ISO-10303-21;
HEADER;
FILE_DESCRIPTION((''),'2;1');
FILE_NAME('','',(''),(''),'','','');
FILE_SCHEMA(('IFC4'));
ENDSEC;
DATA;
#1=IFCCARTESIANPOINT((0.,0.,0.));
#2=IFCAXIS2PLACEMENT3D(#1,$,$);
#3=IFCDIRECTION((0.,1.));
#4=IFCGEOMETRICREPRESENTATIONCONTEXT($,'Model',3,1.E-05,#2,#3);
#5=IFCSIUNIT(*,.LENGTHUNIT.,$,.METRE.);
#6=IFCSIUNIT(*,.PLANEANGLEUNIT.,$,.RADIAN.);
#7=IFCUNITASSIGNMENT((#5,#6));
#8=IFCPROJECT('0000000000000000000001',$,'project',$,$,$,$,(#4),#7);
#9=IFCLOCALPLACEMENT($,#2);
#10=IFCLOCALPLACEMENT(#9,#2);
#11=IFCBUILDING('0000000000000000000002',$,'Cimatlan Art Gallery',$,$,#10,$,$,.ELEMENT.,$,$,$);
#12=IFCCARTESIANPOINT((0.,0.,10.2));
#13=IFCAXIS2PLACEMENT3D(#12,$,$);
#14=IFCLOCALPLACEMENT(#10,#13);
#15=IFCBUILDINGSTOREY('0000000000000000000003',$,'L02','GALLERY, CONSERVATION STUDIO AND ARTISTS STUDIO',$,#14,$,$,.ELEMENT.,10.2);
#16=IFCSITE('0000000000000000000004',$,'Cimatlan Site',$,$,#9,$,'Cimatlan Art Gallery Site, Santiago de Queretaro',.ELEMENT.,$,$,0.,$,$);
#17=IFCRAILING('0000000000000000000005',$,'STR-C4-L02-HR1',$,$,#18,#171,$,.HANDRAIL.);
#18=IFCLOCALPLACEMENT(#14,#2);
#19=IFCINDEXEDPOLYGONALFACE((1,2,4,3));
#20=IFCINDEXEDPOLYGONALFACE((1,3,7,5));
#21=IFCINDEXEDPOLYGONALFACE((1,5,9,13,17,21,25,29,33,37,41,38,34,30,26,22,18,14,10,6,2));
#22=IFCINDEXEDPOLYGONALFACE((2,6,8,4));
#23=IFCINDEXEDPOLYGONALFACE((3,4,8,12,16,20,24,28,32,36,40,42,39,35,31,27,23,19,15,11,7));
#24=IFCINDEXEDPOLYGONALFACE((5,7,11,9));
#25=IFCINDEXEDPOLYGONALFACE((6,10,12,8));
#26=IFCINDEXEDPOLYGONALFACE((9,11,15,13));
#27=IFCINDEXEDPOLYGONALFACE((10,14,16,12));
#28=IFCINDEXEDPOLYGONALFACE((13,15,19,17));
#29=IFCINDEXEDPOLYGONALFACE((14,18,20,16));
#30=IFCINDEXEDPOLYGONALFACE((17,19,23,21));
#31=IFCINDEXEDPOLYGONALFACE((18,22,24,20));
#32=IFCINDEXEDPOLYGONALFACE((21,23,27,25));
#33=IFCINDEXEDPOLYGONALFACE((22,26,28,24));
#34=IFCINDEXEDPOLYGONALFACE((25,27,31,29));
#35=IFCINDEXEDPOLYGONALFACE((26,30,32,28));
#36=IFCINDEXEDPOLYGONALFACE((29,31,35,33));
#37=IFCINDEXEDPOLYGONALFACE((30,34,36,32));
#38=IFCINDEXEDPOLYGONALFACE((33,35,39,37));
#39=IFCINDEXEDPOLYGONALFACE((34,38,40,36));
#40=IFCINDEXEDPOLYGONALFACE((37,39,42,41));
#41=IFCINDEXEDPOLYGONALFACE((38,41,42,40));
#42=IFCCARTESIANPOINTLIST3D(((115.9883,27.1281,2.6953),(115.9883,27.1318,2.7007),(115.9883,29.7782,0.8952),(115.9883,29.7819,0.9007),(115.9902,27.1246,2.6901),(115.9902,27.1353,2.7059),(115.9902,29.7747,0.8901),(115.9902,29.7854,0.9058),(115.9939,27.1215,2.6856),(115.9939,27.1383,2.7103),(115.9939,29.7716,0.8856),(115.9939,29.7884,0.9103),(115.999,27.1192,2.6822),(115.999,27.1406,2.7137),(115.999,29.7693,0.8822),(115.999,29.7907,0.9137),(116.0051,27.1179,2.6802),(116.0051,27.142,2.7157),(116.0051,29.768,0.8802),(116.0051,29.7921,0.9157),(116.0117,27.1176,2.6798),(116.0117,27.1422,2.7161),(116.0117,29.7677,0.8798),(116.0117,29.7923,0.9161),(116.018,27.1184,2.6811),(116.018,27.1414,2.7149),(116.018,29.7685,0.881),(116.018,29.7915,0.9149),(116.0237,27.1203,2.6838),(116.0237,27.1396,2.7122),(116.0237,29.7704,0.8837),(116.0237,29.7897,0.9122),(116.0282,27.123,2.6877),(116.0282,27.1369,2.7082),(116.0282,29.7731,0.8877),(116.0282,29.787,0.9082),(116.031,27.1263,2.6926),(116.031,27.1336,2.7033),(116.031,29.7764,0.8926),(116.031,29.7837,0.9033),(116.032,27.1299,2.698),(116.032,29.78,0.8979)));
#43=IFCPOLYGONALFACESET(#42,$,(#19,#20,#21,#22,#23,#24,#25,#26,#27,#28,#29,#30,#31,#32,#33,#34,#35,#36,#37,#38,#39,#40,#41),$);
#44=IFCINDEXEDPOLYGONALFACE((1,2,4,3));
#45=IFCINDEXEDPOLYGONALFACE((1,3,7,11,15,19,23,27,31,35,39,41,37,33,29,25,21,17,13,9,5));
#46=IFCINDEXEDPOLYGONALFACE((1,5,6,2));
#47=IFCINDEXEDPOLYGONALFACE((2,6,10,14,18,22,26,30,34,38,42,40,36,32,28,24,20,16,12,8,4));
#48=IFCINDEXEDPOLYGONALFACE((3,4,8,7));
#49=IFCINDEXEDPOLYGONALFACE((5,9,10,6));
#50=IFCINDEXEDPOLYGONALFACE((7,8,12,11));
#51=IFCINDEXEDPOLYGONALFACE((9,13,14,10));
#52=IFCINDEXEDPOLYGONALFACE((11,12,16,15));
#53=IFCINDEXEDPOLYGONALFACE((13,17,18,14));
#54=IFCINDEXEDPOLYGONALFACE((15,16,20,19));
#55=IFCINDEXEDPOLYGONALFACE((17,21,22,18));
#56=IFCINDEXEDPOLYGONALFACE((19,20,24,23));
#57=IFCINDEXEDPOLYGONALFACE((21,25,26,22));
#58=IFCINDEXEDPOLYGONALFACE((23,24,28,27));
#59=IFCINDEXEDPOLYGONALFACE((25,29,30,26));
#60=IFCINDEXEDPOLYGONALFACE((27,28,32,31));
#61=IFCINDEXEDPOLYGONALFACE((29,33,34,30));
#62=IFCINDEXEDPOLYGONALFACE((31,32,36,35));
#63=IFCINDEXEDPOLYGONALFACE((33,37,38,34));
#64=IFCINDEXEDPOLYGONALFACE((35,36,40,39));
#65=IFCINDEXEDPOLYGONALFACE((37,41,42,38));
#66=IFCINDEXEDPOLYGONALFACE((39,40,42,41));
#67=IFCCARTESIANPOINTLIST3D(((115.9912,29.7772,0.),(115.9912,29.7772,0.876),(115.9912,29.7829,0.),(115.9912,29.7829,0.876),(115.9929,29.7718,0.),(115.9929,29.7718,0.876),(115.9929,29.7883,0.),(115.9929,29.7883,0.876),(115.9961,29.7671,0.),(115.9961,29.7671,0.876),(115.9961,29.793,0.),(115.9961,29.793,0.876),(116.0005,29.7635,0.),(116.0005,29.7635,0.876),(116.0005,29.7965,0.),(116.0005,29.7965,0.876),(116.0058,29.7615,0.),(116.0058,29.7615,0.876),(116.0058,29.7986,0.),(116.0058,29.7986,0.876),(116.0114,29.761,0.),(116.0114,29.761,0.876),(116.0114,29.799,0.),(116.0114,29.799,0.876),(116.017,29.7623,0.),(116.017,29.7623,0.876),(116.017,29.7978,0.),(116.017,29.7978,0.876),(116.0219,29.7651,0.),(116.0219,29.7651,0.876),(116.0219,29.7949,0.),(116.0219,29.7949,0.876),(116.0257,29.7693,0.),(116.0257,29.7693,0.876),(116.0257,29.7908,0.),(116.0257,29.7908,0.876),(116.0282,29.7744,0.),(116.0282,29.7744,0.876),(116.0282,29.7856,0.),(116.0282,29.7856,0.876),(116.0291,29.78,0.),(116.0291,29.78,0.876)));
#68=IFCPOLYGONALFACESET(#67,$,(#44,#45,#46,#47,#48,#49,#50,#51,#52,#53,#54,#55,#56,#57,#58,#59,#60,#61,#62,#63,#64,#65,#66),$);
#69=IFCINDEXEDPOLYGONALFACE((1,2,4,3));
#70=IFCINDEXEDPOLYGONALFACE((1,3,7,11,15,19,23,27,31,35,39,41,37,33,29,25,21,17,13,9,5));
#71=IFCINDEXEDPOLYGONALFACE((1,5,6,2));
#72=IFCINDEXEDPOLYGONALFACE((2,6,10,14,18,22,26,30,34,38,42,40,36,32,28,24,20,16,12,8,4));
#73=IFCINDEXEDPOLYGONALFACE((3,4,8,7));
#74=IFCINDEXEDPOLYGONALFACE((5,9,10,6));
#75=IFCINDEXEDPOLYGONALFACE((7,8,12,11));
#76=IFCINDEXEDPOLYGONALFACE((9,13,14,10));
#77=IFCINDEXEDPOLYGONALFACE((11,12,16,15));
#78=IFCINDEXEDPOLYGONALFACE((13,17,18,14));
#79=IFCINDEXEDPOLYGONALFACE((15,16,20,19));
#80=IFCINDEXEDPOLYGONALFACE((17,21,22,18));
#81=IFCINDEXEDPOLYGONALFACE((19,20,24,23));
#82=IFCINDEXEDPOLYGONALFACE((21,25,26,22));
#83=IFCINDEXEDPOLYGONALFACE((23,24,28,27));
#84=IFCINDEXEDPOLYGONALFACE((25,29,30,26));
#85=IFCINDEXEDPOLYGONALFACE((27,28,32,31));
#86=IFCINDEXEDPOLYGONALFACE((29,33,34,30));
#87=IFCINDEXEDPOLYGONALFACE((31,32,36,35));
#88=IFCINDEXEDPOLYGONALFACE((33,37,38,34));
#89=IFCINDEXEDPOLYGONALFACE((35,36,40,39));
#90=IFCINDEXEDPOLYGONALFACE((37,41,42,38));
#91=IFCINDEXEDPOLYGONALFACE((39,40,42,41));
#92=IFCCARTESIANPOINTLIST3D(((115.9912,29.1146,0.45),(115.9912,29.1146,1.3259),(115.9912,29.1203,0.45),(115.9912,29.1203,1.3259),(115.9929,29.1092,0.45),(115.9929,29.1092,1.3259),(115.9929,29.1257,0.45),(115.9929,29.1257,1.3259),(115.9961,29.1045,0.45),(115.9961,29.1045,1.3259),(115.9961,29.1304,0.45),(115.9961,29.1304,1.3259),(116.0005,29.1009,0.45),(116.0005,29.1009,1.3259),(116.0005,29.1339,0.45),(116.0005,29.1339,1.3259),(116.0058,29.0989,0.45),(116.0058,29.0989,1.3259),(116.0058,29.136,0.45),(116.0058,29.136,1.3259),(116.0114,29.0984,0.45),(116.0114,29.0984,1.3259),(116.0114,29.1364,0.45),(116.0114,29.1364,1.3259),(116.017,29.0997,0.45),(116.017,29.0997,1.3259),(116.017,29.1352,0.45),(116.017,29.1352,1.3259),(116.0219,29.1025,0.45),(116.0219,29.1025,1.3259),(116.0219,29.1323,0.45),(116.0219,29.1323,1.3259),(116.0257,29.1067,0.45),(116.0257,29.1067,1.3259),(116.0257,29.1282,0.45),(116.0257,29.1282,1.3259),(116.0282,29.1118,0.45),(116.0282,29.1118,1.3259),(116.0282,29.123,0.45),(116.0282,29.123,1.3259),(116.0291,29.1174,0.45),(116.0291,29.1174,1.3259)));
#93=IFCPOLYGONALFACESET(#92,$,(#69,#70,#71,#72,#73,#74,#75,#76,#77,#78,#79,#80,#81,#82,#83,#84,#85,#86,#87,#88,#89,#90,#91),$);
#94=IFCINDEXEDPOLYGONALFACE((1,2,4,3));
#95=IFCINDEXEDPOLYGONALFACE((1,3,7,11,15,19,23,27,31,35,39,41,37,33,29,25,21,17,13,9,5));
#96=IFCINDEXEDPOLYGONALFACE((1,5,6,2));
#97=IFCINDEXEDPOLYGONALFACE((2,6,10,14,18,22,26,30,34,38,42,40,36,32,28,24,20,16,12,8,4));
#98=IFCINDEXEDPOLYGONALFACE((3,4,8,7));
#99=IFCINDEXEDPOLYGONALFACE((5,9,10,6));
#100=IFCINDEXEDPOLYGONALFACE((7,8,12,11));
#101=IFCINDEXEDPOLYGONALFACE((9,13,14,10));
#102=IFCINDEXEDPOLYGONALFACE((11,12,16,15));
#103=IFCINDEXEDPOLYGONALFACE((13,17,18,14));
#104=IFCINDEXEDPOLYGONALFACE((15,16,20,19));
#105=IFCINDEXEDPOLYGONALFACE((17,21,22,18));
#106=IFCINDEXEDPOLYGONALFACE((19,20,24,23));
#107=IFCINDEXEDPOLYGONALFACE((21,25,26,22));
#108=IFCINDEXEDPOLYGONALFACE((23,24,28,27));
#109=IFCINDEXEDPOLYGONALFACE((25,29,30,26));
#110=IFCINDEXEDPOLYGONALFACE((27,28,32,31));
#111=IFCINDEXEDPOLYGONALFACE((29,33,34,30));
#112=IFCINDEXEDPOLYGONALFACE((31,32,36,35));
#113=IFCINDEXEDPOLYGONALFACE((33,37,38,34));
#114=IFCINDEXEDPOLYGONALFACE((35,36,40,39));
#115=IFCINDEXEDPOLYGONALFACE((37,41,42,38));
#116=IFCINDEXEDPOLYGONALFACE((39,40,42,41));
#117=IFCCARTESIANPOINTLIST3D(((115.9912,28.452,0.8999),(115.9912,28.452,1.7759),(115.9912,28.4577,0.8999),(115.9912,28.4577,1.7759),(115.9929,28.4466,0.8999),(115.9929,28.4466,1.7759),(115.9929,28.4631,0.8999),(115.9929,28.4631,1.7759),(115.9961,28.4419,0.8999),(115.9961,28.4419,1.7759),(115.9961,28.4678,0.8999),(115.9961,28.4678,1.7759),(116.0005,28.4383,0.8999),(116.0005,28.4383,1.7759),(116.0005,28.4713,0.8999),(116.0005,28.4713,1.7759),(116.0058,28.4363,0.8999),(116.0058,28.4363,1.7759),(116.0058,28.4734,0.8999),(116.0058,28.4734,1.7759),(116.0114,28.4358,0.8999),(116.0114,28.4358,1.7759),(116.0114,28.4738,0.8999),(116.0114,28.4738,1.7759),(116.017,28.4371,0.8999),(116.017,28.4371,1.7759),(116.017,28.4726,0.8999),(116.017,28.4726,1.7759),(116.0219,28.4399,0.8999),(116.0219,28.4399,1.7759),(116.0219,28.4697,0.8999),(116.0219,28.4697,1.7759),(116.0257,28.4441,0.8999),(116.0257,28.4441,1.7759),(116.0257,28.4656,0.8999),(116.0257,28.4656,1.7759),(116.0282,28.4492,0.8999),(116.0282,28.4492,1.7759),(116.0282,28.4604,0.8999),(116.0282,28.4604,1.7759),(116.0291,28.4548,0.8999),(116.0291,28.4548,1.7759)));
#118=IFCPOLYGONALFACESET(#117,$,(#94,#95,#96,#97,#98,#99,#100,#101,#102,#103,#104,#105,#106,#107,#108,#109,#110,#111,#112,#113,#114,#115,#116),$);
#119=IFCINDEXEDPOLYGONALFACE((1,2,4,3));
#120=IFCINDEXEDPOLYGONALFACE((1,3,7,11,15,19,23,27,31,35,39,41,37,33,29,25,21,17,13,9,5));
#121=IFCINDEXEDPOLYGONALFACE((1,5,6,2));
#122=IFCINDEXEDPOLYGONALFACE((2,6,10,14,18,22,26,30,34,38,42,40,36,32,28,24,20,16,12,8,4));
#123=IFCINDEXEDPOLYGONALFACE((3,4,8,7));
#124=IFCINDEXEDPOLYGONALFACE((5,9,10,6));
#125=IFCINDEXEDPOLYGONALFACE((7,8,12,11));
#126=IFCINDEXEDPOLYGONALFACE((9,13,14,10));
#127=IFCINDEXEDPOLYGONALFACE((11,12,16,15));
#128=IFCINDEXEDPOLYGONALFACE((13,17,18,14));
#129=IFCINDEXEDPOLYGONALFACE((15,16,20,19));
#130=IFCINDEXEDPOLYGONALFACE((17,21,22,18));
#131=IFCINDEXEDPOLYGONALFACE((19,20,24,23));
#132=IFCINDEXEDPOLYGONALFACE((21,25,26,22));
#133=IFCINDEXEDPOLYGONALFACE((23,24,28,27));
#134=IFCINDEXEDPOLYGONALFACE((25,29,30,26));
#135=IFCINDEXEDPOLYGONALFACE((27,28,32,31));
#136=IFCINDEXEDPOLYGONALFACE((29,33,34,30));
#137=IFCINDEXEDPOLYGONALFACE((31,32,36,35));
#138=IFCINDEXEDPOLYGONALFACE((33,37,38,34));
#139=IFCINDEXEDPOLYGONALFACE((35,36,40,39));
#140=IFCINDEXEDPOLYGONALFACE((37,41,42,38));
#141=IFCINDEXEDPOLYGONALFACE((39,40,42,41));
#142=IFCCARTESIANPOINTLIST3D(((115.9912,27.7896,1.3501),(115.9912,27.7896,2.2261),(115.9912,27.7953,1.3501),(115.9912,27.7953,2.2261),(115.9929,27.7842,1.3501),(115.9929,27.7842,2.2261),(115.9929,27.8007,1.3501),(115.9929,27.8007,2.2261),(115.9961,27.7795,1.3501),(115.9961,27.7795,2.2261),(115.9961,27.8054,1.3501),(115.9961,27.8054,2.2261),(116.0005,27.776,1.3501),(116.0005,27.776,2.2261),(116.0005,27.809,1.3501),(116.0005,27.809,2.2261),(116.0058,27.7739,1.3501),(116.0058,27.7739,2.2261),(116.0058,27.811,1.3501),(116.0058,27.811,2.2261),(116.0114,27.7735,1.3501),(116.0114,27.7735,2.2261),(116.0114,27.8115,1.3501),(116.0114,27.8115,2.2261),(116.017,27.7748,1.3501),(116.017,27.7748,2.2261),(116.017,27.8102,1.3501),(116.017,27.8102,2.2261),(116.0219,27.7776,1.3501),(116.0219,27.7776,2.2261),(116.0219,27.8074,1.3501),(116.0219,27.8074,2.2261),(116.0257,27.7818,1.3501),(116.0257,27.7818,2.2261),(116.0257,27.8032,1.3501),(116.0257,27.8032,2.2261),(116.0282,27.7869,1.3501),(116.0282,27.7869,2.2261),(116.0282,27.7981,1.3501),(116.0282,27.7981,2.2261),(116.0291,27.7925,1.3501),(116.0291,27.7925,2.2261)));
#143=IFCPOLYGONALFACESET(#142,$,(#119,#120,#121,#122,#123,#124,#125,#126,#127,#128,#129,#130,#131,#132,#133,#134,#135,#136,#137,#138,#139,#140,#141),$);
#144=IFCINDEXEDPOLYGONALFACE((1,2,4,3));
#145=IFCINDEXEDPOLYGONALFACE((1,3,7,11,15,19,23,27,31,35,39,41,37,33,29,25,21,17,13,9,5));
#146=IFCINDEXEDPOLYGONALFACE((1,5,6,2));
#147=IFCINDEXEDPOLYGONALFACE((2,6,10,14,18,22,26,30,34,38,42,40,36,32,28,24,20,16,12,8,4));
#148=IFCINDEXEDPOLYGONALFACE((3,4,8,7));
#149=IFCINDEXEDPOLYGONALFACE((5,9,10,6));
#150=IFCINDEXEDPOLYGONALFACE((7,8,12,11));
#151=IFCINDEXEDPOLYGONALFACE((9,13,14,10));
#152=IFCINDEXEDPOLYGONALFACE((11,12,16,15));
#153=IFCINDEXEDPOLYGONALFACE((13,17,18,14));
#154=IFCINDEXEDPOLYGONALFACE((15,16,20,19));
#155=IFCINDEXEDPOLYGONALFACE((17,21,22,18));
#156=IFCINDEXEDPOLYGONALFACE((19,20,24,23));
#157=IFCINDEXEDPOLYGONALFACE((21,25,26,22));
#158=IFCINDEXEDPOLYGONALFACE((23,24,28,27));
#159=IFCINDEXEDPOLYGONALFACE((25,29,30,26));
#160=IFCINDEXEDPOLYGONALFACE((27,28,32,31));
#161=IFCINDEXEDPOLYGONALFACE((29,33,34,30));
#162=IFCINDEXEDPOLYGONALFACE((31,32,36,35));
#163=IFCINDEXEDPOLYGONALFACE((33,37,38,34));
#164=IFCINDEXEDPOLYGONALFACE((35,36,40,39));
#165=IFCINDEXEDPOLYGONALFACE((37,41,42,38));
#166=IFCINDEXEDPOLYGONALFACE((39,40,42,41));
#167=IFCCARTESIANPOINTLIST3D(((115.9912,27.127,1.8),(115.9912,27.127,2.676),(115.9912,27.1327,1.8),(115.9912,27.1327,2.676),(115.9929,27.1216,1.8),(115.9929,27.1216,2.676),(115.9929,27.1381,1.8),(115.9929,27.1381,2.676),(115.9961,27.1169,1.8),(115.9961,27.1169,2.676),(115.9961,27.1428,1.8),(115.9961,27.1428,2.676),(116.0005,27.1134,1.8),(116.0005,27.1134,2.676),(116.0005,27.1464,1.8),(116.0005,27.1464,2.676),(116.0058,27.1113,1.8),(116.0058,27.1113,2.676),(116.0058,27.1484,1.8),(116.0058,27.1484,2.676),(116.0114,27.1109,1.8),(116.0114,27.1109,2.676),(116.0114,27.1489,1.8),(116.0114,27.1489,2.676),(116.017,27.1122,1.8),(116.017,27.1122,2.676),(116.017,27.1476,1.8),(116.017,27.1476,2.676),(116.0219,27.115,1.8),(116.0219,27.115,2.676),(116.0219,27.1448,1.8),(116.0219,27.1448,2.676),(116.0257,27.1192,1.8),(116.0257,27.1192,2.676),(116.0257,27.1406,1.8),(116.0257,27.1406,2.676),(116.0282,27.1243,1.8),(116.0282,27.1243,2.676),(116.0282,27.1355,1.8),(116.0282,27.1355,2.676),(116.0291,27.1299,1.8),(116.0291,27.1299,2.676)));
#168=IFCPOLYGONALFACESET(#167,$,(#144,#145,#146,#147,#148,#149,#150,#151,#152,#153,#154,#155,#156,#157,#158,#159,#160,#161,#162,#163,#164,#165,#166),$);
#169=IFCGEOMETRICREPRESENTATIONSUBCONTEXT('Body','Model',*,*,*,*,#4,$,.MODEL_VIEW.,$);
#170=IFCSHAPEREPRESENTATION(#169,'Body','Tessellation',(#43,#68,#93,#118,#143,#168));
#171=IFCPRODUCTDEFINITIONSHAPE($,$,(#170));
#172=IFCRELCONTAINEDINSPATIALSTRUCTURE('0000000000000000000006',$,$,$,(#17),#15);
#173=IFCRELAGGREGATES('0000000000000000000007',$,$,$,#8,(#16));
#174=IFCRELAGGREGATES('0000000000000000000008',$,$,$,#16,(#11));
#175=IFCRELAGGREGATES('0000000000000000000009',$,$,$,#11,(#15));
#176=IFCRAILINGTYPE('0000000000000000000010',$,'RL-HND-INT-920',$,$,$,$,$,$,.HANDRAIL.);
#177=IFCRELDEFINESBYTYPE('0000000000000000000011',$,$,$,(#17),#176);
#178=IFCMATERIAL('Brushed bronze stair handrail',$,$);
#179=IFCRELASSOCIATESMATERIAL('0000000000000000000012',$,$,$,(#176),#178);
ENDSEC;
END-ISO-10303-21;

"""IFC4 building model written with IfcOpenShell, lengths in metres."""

from ifc_helpers import new_model, si_unit, direction, frame, origin, origin_2d, place, context, subcontext, project, spatial, circle, extrude, material, type_object, element, save


model = new_model("IFC4")

# Units and contexts
model_context = context("Model", 3, precision=1e-05, world=origin(), true_north=direction((0.0, 1.0)))
body_context = subcontext(model_context, "Body", "Model", "MODEL_VIEW")
ifc_project = project(units=[si_unit("LENGTHUNIT", "METRE"), si_unit("PLANEANGLEUNIT", "RADIAN")], contexts=[model_context])

# Site, building, storey
site_placement = place(None, origin())
site = spatial("IfcSite", under=ifc_project, at=site_placement, Name="Cimatlan Site", LongName="Cimatlan Art Gallery Site, Santiago de Queretaro", CompositionType="ELEMENT", RefElevation=0.0)
building_placement = place(site_placement, origin())
building = spatial("IfcBuilding", under=site, at=building_placement, Name="Cimatlan Art Gallery", CompositionType="ELEMENT")
storey_placement = place(building_placement, frame((0.0, 0.0, 10.2)))
storey = spatial("IfcBuildingStorey", under=building, at=storey_placement, Name="L02", Description="GALLERY, CONSERVATION STUDIO AND ARTISTS STUDIO", CompositionType="ELEMENT", Elevation=10.2)

# Railing
ifc_material_1 = material(Name="Brushed bronze stair handrail")
railing_type_1 = type_object("IfcRailingType", Name="RL-HND-INT-920", PredefinedType="HANDRAIL", material=ifc_material_1)
railing_1_placement = place(storey_placement, frame((116.01, 29.78, 0.0)))
element("IfcRailing", 1, at=railing_1_placement, inside=storey, type_object=railing_type_1, Name="STR-C4-L02-HR1", PredefinedType="HANDRAIL", context=body_context, shape_type="SweptSolid", body=[
    extrude(circle(Radius=0.022, at=origin_2d()), frame((0.0, 0.0, 0.8979), z_axis=(0.0, -0.827224, 0.561872), x_axis=(1.0, 0.0, 0.0)), (0.0, 0.0, 1.0), 3.2036),
    extrude(circle(Radius=0.019, at=origin_2d()), origin(), (0.0, 0.0, 1.0), 0.876),
    extrude(circle(Radius=0.019, at=origin_2d()), frame((0.0, -0.6626, 0.45)), (0.0, 0.0, 1.0), 0.876),
    extrude(circle(Radius=0.019, at=origin_2d()), frame((0.0, -1.3252, 0.8999)), (0.0, 0.0, 1.0), 0.876),
    extrude(circle(Radius=0.019, at=origin_2d()), frame((0.0, -1.9875, 1.3501)), (0.0, 0.0, 1.0), 0.876),
    extrude(circle(Radius=0.019, at=origin_2d()), frame((0.0, -2.6501, 1.8)), (0.0, 0.0, 1.0), 0.876),
])

save(model, "model.ifc")
